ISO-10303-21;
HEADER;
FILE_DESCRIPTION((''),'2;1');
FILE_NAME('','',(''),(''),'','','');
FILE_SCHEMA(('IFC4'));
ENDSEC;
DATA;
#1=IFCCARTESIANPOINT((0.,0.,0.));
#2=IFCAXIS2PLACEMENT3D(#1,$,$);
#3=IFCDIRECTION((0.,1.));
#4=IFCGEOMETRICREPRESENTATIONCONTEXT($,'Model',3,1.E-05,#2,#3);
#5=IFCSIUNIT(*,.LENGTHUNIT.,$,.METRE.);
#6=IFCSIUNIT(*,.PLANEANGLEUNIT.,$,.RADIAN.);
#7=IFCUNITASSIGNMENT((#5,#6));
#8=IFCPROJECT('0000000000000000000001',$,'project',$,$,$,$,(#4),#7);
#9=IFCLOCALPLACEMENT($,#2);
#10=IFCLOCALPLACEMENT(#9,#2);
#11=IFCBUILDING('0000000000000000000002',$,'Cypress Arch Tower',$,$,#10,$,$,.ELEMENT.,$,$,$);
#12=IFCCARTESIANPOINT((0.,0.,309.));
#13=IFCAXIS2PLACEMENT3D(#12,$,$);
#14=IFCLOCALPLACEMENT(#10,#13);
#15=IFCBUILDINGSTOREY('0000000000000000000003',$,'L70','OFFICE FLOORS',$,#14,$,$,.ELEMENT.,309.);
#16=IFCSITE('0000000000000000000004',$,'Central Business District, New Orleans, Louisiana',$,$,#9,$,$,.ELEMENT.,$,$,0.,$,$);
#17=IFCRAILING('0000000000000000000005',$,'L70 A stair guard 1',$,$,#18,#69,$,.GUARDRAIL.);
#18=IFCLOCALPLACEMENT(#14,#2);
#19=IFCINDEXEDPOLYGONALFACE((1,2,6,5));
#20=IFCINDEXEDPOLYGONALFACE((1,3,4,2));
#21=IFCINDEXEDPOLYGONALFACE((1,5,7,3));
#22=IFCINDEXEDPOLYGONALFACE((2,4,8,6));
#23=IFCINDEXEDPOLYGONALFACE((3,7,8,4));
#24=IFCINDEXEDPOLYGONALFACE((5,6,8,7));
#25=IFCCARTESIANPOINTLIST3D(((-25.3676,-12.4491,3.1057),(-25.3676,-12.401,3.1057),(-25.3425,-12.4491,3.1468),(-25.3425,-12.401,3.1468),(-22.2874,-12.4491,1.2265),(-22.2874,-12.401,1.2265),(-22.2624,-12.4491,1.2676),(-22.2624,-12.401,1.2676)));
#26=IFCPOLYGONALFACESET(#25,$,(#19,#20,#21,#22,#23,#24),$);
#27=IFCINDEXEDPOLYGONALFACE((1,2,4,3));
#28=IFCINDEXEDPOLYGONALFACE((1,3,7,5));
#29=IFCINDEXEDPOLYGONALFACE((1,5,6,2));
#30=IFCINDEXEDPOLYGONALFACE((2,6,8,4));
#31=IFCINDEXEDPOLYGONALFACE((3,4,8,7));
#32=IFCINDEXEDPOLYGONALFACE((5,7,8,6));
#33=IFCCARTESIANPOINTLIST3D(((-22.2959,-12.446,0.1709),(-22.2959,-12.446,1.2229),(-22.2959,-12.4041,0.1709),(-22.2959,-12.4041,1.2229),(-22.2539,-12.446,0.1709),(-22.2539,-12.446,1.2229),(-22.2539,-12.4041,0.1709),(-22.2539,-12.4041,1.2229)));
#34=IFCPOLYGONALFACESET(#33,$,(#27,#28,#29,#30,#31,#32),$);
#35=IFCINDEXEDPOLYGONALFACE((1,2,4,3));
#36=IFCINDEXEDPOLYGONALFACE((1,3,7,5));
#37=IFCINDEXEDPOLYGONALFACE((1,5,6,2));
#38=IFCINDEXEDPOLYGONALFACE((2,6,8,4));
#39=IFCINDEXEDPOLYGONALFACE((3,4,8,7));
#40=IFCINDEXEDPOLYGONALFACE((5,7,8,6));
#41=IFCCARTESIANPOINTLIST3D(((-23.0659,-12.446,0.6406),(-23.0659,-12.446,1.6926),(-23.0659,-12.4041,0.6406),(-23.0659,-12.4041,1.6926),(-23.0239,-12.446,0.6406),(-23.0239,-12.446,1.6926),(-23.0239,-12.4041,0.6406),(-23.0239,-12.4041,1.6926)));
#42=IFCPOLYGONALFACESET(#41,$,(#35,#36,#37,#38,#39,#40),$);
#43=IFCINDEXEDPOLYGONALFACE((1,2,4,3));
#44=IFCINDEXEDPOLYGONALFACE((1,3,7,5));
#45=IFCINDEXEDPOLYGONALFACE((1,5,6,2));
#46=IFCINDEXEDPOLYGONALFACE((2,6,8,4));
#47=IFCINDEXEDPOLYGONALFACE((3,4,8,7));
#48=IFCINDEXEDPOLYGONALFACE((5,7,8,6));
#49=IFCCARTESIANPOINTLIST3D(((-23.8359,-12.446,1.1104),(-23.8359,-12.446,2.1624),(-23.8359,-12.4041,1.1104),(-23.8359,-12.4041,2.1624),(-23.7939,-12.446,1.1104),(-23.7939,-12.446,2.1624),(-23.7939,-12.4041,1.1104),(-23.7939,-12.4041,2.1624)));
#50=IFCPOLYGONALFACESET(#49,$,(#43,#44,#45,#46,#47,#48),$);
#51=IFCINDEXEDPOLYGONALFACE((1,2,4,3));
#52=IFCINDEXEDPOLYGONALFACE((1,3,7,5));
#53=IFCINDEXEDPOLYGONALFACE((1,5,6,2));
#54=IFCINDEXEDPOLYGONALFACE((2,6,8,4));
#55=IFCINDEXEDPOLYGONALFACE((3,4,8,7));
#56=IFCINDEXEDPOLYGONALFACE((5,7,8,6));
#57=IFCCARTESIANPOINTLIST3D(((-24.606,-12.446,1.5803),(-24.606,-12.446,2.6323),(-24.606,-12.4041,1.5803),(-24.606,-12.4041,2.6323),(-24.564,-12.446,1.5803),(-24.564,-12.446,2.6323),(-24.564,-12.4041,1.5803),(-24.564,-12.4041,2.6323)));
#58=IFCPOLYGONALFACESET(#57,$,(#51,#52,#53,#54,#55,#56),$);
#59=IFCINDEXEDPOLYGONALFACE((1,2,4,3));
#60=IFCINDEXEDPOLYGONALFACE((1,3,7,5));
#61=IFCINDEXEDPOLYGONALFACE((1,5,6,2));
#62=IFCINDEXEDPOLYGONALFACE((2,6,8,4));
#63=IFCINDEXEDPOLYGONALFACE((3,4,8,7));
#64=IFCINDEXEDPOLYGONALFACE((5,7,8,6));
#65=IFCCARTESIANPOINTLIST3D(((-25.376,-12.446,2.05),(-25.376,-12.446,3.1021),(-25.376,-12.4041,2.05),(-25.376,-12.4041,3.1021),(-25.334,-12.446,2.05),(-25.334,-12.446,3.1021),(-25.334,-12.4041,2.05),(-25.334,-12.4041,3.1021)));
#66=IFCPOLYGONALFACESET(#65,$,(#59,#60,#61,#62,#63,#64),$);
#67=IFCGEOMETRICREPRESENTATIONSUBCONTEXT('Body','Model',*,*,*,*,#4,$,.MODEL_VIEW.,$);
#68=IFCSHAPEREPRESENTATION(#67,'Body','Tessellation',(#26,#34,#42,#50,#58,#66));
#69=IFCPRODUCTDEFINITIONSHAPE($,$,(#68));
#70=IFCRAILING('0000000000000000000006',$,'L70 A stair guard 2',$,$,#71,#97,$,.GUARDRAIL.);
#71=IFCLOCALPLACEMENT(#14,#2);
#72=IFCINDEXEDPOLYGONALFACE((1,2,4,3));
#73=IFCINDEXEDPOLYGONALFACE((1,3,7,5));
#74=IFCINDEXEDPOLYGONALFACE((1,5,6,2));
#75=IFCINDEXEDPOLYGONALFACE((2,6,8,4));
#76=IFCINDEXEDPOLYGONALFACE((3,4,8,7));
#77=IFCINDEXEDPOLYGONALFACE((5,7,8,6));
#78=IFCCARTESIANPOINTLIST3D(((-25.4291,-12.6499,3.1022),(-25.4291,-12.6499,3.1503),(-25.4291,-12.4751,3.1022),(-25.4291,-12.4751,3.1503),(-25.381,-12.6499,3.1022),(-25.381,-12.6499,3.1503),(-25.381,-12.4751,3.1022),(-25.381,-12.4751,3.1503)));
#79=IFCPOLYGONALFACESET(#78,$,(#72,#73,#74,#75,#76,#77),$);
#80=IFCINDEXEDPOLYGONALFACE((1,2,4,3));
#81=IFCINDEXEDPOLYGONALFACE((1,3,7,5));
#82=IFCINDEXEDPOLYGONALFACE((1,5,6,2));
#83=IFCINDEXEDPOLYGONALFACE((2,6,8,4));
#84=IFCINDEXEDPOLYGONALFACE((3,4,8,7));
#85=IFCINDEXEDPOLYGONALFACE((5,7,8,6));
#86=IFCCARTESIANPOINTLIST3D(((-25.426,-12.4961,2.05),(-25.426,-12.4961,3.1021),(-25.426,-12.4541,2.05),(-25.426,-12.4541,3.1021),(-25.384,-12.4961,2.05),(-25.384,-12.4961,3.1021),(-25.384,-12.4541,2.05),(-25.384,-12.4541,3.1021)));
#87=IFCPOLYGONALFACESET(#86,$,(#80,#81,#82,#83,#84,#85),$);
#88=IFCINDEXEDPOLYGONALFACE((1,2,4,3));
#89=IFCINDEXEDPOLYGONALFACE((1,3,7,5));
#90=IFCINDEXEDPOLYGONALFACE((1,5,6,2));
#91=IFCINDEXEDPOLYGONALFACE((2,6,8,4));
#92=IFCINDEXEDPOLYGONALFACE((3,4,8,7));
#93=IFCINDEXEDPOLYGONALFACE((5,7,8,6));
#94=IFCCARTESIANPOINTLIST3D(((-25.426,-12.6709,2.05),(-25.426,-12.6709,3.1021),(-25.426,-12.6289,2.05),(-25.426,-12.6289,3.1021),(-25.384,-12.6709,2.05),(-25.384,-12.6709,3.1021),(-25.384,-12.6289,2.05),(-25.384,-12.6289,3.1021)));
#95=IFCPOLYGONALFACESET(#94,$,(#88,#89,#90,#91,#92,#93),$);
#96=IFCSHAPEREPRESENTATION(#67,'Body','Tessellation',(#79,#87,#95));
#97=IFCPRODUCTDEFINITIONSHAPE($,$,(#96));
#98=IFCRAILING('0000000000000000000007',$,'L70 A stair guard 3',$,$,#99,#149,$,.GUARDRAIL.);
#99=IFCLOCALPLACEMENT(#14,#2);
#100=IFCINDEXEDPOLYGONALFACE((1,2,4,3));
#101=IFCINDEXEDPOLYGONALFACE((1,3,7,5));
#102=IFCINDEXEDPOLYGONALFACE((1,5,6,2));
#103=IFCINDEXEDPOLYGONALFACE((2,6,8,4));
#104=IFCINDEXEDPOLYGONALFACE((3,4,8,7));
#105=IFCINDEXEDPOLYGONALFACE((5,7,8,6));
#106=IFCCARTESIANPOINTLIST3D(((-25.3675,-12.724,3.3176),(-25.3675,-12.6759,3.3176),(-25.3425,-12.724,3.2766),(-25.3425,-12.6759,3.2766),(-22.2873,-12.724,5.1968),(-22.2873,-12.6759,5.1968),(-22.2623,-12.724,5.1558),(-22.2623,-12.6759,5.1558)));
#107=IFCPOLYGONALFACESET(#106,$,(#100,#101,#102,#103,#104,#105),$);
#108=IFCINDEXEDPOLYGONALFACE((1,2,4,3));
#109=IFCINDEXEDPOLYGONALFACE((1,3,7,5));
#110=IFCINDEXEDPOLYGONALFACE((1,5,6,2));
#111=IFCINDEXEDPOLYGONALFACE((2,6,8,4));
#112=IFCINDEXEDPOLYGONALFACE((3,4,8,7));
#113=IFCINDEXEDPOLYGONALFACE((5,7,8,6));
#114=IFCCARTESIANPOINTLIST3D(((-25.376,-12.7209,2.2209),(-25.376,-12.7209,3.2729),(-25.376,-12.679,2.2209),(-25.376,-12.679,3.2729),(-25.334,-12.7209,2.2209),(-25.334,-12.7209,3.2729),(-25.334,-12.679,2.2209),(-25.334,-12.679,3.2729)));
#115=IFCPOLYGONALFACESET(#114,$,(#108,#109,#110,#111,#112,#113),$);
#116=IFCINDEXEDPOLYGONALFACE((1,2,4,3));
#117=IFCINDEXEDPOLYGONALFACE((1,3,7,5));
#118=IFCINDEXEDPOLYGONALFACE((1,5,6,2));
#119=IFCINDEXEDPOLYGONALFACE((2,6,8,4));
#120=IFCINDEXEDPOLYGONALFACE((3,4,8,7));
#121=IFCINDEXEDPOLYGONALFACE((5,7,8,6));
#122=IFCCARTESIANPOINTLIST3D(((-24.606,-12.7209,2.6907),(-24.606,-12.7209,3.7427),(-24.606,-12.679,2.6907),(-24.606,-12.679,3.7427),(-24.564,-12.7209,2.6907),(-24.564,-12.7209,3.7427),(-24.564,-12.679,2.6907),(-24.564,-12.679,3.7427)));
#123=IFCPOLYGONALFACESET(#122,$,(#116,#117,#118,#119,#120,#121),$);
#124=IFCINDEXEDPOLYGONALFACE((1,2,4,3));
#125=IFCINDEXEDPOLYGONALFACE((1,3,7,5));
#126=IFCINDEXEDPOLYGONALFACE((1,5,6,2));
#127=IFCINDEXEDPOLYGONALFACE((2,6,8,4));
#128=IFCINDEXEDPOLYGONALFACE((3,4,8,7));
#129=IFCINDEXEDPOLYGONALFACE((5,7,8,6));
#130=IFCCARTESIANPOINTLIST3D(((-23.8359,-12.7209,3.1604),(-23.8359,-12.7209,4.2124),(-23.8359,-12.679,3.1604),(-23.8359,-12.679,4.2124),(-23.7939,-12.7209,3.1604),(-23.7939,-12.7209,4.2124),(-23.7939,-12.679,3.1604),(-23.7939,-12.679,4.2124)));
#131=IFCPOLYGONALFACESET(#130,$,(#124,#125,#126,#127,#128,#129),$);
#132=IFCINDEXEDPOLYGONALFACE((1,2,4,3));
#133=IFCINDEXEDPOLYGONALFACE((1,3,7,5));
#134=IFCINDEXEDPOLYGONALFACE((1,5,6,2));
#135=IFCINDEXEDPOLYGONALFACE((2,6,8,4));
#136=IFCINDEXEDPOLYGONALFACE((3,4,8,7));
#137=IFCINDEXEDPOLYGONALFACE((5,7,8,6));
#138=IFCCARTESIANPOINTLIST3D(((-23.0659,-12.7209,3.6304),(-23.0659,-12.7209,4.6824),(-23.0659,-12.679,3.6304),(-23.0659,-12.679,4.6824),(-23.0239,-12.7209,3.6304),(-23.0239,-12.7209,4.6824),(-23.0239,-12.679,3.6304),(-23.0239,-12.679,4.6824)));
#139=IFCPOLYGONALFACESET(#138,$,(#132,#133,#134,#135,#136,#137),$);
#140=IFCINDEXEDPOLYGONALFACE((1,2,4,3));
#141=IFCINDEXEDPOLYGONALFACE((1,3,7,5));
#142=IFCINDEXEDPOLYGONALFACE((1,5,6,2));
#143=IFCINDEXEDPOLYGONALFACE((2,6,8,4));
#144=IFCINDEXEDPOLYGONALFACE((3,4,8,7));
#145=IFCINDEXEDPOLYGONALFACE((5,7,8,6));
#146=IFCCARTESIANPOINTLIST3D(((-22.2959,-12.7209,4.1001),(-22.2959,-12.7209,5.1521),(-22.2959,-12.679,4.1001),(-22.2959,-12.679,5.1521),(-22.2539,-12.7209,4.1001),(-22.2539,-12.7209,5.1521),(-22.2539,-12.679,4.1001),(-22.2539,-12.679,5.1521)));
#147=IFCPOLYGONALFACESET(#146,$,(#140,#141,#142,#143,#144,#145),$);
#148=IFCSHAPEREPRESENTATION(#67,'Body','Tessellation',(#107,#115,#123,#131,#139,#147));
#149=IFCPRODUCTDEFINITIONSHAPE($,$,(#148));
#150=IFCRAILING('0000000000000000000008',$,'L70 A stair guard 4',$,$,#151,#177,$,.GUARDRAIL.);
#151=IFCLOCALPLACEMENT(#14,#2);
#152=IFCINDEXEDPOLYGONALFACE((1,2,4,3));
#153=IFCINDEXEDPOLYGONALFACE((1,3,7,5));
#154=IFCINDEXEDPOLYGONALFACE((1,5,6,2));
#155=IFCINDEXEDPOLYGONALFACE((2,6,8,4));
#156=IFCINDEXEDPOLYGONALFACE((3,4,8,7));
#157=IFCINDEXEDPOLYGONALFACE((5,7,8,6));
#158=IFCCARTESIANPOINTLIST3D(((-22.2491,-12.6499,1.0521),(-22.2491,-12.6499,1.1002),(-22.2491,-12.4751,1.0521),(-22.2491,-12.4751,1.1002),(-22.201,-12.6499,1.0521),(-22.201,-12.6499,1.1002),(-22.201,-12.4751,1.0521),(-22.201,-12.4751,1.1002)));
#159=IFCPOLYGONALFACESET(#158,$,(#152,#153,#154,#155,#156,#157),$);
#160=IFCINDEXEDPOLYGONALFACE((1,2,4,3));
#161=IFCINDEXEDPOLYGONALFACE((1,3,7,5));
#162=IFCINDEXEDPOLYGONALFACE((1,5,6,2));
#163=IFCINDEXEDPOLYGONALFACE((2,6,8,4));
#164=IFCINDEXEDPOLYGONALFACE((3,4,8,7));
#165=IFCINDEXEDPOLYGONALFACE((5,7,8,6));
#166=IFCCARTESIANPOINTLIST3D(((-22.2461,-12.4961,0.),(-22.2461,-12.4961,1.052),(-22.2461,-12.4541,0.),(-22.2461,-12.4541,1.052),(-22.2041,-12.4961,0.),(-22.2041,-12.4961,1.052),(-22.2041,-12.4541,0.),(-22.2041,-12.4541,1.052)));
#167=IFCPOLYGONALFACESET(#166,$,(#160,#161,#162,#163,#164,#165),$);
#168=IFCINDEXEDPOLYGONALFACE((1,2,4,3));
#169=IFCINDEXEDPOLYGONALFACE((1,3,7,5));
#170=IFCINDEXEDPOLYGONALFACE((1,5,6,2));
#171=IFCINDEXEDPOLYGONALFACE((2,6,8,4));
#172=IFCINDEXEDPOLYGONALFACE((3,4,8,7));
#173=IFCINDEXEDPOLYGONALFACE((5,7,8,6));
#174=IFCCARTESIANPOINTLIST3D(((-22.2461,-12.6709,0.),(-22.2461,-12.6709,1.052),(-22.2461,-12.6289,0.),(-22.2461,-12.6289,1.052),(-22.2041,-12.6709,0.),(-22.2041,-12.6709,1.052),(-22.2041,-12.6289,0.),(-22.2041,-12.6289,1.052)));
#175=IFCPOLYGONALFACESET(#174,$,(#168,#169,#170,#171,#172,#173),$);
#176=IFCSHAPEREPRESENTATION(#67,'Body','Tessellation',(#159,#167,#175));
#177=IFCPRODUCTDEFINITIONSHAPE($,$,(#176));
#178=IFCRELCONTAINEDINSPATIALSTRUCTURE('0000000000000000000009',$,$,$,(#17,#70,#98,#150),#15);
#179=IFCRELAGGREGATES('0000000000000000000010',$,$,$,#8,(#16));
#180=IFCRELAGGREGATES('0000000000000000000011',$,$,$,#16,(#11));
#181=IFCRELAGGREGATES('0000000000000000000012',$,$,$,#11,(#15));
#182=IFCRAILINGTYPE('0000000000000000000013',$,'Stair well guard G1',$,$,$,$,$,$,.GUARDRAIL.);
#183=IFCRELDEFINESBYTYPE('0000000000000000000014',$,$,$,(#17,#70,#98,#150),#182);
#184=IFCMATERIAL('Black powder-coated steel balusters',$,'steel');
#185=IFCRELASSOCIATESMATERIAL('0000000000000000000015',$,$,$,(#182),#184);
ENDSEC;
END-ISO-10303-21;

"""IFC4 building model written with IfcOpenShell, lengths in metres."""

from ifc_helpers import new_model, si_unit, direction, frame, origin, origin_2d, place, context, subcontext, project, spatial, rectangle, extrude, material, type_object, element, save


model = new_model("IFC4")

# Units and contexts
model_context = context("Model", 3, precision=1e-05, world=origin(), true_north=direction((0.0, 1.0)))
body_context = subcontext(model_context, "Body", "Model", "MODEL_VIEW")
ifc_project = project(units=[si_unit("LENGTHUNIT", "METRE"), si_unit("PLANEANGLEUNIT", "RADIAN")], contexts=[model_context])

# Site, building, storey
site_placement = place(None, origin())
site = spatial("IfcSite", under=ifc_project, at=site_placement, Name="Central Business District, New Orleans, Louisiana", CompositionType="ELEMENT", RefElevation=0.0)
building_placement = place(site_placement, origin())
building = spatial("IfcBuilding", under=site, at=building_placement, Name="Cypress Arch Tower", CompositionType="ELEMENT")
storey_placement = place(building_placement, frame((0.0, 0.0, 309.0)))
storey = spatial("IfcBuildingStorey", under=building, at=storey_placement, Name="L70", Description="OFFICE FLOORS", CompositionType="ELEMENT", Elevation=309.0)

# Railings
ifc_material_1 = material(Name="Black powder-coated steel balusters", Category="steel")
railing_type_1 = type_object("IfcRailingType", Name="Stair well guard G1", PredefinedType="GUARDRAIL", material=ifc_material_1)
railing_1_placement = place(storey_placement, frame((-22.2749, -12.425, 0.1709)))
element("IfcRailing", 1, at=railing_1_placement, inside=storey, type_object=railing_type_1, Name="L70 A stair guard 1", PredefinedType="GUARDRAIL", context=body_context, shape_type="SweptSolid", body=[
    extrude(rectangle(XDim=0.0481, YDim=0.0481, at=origin_2d()), frame((0.0, 0.0, 1.0762), z_axis=(-0.853666, 0.0, 0.52082), x_axis=(0.0, -1.0, 0.0)), (0.0, 0.0, 1.0), 3.6082),
    extrude(rectangle(XDim=0.042, YDim=0.042, at=origin_2d()), origin(), (0.0, 0.0, 1.0), 1.052),
    extrude(rectangle(XDim=0.042, YDim=0.042, at=origin_2d()), frame((-0.77, 0.0, 0.4697)), (0.0, 0.0, 1.0), 1.052),
    extrude(rectangle(XDim=0.042, YDim=0.042, at=origin_2d()), frame((-1.54, 0.0, 0.9395)), (0.0, 0.0, 1.0), 1.052),
    extrude(rectangle(XDim=0.042, YDim=0.042, at=origin_2d()), frame((-2.3101, 0.0, 1.4094)), (0.0, 0.0, 1.0), 1.052),
    extrude(rectangle(XDim=0.042, YDim=0.042, at=origin_2d()), frame((-3.0801, 0.0, 1.8792)), (0.0, 0.0, 1.0), 1.052),
])
railing_2_placement = place(storey_placement, frame((-25.405, -12.4751, 2.05)))
element("IfcRailing", 2, at=railing_2_placement, inside=storey, type_object=railing_type_1, Name="L70 A stair guard 2", PredefinedType="GUARDRAIL", context=body_context, shape_type="SweptSolid", body=[
    extrude(rectangle(XDim=0.0481, YDim=0.0481, at=origin_2d()), frame((0.0, 0.0, 1.0762), z_axis=(0.0, -1.0, 0.0), x_axis=(1.0, 0.0, 0.0)), (0.0, 0.0, 1.0), 0.1748),
    extrude(rectangle(XDim=0.042, YDim=0.042, at=origin_2d()), origin(), (0.0, 0.0, 1.0), 1.052),
    extrude(rectangle(XDim=0.042, YDim=0.042, at=origin_2d()), frame((0.0, -0.1748, 0.0)), (0.0, 0.0, 1.0), 1.052),
])
railing_3_placement = place(storey_placement, frame((-25.355, -12.7, 2.2209)))
element("IfcRailing", 3, at=railing_3_placement, inside=storey, type_object=railing_type_1, Name="L70 A stair guard 3", PredefinedType="GUARDRAIL", context=body_context, shape_type="SweptSolid", body=[
    extrude(rectangle(XDim=0.0481, YDim=0.0481, at=origin_2d()), frame((0.0, 0.0, 1.0762), z_axis=(0.853666, 0.0, 0.52082), x_axis=(0.0, 1.0, 0.0)), (0.0, 0.0, 1.0), 3.6082),
    extrude(rectangle(XDim=0.042, YDim=0.042, at=origin_2d()), origin(), (0.0, 0.0, 1.0), 1.052),
    extrude(rectangle(XDim=0.042, YDim=0.042, at=origin_2d()), frame((0.77, 0.0, 0.4697)), (0.0, 0.0, 1.0), 1.052),
    extrude(rectangle(XDim=0.042, YDim=0.042, at=origin_2d()), frame((1.54, 0.0, 0.9395)), (0.0, 0.0, 1.0), 1.052),
    extrude(rectangle(XDim=0.042, YDim=0.042, at=origin_2d()), frame((2.3101, 0.0, 1.4094)), (0.0, 0.0, 1.0), 1.052),
    extrude(rectangle(XDim=0.042, YDim=0.042, at=origin_2d()), frame((3.0801, 0.0, 1.8792)), (0.0, 0.0, 1.0), 1.052),
])
railing_4_placement = place(storey_placement, frame((-22.2251, -12.4751, 0.0)))
element("IfcRailing", 4, at=railing_4_placement, inside=storey, type_object=railing_type_1, Name="L70 A stair guard 4", PredefinedType="GUARDRAIL", context=body_context, shape_type="SweptSolid", body=[
    extrude(rectangle(XDim=0.0481, YDim=0.0481, at=origin_2d()), frame((0.0, 0.0, 1.0762), z_axis=(0.0, -1.0, 0.0), x_axis=(1.0, 0.0, 0.0)), (0.0, 0.0, 1.0), 0.1748),
    extrude(rectangle(XDim=0.042, YDim=0.042, at=origin_2d()), origin(), (0.0, 0.0, 1.0), 1.052),
    extrude(rectangle(XDim=0.042, YDim=0.042, at=origin_2d()), frame((0.0, -0.1748, 0.0)), (0.0, 0.0, 1.0), 1.052),
])

save(model, "model.ifc")
